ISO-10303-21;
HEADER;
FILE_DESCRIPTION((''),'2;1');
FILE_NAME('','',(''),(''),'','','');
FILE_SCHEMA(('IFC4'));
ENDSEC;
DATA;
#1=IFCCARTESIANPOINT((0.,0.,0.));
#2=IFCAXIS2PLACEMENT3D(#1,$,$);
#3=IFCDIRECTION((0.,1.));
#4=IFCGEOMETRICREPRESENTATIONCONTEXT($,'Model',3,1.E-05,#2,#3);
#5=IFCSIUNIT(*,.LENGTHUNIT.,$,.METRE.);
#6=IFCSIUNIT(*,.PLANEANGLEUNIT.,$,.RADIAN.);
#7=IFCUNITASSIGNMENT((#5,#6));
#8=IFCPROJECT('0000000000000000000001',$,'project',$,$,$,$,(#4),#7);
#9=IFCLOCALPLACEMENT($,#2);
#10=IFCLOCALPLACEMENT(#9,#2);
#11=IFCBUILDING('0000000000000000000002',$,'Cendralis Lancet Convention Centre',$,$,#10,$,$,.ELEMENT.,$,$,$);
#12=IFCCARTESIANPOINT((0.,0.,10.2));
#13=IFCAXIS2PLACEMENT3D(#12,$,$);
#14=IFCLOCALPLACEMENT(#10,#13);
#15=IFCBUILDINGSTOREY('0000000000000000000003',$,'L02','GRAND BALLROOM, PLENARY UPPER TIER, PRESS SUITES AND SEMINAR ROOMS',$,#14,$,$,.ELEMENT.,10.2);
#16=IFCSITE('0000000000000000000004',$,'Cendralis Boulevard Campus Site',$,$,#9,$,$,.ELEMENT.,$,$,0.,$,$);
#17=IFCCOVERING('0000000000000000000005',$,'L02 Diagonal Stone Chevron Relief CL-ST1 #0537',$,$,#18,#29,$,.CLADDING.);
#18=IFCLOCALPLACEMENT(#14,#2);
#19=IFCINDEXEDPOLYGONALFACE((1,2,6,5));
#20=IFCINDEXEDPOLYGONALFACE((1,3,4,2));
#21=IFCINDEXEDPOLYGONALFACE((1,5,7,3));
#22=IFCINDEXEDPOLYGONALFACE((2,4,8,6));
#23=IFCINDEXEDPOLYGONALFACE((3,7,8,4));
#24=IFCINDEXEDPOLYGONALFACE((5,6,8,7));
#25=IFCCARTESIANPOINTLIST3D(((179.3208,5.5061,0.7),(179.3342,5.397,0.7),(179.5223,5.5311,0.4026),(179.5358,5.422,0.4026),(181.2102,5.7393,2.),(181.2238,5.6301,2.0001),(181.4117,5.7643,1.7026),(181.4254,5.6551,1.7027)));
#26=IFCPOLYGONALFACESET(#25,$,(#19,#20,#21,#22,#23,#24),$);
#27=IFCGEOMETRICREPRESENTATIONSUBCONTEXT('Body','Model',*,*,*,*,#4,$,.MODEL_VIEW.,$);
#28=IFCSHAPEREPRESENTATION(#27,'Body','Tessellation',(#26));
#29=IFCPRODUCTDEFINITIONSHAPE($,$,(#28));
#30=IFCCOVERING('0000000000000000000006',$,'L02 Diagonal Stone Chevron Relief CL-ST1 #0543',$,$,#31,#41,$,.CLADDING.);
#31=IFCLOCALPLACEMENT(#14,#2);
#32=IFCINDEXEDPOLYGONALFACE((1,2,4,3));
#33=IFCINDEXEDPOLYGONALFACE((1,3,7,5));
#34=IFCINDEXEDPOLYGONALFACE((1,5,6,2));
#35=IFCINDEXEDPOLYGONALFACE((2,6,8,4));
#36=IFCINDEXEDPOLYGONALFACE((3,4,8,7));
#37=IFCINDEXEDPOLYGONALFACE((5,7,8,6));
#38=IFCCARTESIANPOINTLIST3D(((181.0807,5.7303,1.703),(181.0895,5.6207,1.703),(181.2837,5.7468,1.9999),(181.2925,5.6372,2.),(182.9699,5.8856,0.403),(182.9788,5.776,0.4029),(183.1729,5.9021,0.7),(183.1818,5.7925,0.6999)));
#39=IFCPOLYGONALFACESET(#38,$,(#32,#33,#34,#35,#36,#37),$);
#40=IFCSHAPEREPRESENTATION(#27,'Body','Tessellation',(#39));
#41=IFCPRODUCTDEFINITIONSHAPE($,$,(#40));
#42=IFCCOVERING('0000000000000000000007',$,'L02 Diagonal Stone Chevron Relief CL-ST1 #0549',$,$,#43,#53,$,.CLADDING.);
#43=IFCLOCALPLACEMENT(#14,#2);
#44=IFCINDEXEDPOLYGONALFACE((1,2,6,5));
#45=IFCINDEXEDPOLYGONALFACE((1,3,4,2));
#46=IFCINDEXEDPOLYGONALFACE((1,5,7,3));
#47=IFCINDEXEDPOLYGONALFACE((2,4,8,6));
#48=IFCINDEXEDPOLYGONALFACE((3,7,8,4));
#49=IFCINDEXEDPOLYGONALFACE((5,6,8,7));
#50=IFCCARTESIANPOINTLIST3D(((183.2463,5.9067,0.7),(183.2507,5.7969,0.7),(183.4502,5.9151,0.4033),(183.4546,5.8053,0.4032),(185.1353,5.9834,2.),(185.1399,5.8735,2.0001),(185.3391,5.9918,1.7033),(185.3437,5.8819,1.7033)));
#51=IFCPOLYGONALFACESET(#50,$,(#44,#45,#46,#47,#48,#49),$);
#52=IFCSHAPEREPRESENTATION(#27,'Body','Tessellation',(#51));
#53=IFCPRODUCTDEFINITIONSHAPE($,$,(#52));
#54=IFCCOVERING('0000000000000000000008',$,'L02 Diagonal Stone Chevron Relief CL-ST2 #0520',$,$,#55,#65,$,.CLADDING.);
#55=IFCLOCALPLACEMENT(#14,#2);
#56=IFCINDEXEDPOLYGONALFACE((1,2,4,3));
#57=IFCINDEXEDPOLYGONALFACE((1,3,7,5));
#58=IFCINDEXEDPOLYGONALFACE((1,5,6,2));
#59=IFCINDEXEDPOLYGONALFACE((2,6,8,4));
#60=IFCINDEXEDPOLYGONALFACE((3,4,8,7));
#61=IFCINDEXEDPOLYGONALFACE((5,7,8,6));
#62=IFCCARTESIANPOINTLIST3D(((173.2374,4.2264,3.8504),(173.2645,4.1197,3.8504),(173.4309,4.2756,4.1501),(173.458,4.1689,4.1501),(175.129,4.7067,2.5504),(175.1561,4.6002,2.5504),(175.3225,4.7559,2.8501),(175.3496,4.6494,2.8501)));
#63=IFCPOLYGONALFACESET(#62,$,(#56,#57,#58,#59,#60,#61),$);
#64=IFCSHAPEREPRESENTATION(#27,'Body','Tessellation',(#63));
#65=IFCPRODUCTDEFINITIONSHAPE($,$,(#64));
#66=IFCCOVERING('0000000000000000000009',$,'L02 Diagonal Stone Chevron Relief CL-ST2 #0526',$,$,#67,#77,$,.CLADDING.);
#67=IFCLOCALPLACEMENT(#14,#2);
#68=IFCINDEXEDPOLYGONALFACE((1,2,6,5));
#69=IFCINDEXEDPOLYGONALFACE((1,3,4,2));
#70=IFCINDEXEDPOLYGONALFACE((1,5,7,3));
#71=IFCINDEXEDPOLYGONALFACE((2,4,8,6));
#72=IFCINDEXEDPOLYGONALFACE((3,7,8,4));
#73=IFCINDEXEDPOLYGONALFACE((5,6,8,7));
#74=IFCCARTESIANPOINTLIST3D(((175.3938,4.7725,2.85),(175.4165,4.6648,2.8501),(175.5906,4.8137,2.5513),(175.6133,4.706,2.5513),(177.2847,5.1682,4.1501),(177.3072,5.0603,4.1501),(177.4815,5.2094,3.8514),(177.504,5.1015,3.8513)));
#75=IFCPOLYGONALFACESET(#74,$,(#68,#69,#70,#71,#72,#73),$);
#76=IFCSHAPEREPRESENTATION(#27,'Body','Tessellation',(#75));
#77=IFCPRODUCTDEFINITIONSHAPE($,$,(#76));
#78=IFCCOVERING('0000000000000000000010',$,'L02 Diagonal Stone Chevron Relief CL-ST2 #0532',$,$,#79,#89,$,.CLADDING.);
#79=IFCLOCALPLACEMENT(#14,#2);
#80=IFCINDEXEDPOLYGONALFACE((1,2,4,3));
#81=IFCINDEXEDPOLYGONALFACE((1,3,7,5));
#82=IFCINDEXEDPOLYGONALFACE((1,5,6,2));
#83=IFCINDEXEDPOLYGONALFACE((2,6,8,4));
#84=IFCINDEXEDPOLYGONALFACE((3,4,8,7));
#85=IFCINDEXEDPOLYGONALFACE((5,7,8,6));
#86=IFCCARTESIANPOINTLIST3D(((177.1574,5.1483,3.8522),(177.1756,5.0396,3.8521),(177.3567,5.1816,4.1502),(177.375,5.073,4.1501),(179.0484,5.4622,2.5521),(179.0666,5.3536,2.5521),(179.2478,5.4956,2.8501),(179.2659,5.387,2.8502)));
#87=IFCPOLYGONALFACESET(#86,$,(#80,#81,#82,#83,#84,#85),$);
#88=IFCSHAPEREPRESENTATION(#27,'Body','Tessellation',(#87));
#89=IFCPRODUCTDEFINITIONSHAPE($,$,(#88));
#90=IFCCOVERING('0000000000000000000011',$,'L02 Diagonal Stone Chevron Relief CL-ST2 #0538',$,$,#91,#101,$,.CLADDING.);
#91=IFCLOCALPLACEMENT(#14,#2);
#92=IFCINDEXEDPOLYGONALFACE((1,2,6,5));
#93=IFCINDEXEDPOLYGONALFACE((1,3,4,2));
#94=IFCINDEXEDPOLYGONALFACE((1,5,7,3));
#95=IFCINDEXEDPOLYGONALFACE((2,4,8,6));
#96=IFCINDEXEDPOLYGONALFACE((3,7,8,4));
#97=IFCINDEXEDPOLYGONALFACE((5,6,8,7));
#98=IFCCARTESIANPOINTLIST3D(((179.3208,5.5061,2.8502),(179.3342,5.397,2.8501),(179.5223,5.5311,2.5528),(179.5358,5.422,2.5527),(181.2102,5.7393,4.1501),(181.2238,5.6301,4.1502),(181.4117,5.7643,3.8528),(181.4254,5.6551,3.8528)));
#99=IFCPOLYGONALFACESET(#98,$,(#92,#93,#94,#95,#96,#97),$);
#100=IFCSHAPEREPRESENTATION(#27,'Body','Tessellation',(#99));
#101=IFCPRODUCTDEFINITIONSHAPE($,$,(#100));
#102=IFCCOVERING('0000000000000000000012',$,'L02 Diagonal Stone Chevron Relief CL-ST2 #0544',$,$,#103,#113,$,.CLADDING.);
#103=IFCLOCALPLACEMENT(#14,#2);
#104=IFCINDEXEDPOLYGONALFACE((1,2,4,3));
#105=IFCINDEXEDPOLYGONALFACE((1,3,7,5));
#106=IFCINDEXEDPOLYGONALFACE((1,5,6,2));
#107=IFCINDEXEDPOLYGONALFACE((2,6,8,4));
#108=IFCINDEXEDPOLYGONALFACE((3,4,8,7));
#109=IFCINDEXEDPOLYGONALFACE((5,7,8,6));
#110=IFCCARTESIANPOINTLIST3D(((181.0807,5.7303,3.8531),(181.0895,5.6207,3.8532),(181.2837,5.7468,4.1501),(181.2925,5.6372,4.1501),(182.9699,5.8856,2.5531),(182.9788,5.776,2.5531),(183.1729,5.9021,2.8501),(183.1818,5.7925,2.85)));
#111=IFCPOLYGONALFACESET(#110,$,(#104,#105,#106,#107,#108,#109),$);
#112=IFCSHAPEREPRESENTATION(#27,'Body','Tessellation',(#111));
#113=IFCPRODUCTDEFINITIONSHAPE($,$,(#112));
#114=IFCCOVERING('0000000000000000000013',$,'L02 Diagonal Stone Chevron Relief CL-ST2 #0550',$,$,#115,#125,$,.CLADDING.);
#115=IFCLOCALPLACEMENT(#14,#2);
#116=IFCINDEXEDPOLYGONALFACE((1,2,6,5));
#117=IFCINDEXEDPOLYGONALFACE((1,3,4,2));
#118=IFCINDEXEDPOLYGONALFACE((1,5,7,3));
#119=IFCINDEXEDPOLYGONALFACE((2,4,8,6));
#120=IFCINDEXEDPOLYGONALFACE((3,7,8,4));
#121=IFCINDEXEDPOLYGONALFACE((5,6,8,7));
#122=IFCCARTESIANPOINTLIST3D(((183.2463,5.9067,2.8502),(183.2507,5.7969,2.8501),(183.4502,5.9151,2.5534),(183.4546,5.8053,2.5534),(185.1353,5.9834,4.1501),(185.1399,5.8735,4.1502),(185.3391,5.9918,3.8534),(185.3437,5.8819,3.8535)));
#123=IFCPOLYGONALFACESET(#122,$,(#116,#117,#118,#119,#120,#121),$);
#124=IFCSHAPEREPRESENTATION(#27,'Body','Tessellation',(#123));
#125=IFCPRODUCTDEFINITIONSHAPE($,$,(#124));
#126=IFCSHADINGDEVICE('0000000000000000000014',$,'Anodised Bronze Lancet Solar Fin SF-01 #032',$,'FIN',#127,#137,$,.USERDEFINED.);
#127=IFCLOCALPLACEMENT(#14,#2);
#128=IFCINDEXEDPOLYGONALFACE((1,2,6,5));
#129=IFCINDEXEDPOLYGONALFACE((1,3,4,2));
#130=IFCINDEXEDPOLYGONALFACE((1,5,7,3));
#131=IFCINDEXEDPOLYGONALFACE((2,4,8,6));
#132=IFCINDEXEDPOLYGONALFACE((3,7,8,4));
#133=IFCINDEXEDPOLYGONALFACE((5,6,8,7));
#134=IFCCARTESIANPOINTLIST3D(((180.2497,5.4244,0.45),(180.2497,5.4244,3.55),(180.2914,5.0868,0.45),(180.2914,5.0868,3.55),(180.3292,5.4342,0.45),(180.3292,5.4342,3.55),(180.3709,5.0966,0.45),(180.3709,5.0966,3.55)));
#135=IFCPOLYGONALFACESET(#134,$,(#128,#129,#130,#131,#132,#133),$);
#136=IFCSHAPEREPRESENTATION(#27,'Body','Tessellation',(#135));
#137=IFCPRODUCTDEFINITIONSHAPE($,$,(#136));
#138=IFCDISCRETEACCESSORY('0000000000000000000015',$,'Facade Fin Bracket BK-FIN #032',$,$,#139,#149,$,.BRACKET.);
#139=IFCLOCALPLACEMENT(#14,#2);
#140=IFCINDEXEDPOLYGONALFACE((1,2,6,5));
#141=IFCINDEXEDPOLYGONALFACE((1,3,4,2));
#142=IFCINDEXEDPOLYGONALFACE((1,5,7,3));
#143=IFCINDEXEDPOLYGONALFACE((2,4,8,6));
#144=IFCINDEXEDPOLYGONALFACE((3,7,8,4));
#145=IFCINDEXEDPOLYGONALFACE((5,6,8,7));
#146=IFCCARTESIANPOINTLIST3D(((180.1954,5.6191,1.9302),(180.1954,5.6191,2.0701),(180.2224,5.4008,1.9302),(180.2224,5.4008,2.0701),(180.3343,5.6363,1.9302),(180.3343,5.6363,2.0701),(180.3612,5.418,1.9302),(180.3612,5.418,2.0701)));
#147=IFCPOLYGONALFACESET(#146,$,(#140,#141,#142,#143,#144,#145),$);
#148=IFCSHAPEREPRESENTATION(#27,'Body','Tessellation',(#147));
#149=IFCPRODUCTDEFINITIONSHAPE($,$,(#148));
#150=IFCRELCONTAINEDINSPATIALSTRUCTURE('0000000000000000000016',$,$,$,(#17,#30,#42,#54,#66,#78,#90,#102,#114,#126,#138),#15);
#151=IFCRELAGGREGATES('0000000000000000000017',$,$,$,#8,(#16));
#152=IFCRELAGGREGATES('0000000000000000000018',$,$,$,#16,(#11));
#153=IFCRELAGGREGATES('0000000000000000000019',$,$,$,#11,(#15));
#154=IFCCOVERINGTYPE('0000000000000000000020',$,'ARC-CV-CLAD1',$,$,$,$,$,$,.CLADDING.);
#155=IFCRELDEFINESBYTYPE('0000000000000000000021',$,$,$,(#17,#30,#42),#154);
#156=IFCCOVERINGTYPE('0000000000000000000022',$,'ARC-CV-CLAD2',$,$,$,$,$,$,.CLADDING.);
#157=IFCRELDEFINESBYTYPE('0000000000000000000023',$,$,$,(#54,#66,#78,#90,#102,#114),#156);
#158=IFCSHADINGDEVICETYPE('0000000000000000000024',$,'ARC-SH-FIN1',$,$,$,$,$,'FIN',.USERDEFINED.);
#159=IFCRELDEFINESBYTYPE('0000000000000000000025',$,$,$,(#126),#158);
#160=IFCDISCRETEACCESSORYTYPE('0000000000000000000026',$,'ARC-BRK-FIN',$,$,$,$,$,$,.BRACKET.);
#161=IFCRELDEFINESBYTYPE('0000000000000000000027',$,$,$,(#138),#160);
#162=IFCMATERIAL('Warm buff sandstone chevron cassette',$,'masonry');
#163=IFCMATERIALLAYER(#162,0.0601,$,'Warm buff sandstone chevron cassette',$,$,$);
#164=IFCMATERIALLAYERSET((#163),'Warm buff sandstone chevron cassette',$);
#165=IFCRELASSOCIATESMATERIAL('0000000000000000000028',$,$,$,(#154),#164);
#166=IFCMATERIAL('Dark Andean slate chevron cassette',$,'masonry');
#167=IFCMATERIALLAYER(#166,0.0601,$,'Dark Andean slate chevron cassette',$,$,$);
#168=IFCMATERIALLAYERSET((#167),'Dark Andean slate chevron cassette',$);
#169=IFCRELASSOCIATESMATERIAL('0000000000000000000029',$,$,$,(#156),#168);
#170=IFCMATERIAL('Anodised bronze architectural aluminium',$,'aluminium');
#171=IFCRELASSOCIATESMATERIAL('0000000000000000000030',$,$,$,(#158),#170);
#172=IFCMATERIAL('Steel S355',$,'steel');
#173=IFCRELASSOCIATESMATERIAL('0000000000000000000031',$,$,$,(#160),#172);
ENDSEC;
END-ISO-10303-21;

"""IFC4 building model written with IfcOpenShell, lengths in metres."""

from ifc_helpers import new_model, si_unit, direction, frame, origin, origin_2d, place, context, subcontext, project, spatial, polyline, rectangle, outline, extrude, material, layer, layer_set, type_object, element, save


model = new_model("IFC4")

# Units and contexts
model_context = context("Model", 3, precision=1e-05, world=origin(), true_north=direction((0.0, 1.0)))
body_context = subcontext(model_context, "Body", "Model", "MODEL_VIEW")
ifc_project = project(units=[si_unit("LENGTHUNIT", "METRE"), si_unit("PLANEANGLEUNIT", "RADIAN")], contexts=[model_context])

# Site, building, storey
site_placement = place(None, origin())
site = spatial("IfcSite", under=ifc_project, at=site_placement, Name="Cendralis Boulevard Campus Site", CompositionType="ELEMENT", RefElevation=0.0)
building_placement = place(site_placement, origin())
building = spatial("IfcBuilding", under=site, at=building_placement, Name="Cendralis Lancet Convention Centre", CompositionType="ELEMENT")
storey_placement = place(building_placement, frame((0.0, 0.0, 10.2)))
storey = spatial("IfcBuildingStorey", under=building, at=storey_placement, Name="L02", Description="GRAND BALLROOM, PLENARY UPPER TIER, PRESS SUITES AND SEMINAR ROOMS", CompositionType="ELEMENT", Elevation=10.2)

# Shared definitions
ifc_material_1 = material(Name="Warm buff sandstone chevron cassette", Category="masonry")
ifc_material_2 = material(Name="Dark Andean slate chevron cassette", Category="masonry")

# Coverings
ifc_layer_1 = layer(ifc_material_1, 0.0601, Name="Warm buff sandstone chevron cassette")
ifc_layer_set_1 = layer_set([ifc_layer_1], Name="Warm buff sandstone chevron cassette")
covering_type_1 = type_object("IfcCoveringType", Name="ARC-CV-CLAD1", PredefinedType="CLADDING", material=ifc_layer_set_1)
covering_1_placement = place(storey_placement, frame((179.3342, 5.397, 0.7), z_axis=(-0.559621, -0.069483, 0.82583), x_axis=(0.819615, 0.101128, 0.563918)))
element("IfcCovering", 1, at=covering_1_placement, inside=storey, type_object=covering_type_1, Name="L02 Diagonal Stone Chevron Relief CL-ST1 #0537", PredefinedType="CLADDING", context=body_context, shape_type="SweptSolid", body=[
    extrude(outline(polyline([(0.0, 0.0), (2.3055, 0.0), (2.3053, 0.11), (0.0, 0.11), (0.0, 0.0)])), origin(), (0.0, 0.0, -1.0), 0.3601),
])
covering_2_placement = place(storey_placement, frame((181.2925, 5.6372, 2.0), z_axis=(0.56372, 0.045826, 0.824694), x_axis=(0.821923, 0.067547, -0.56558)))
element("IfcCovering", 2, at=covering_2_placement, inside=storey, type_object=covering_type_1, Name="L02 Diagonal Stone Chevron Relief CL-ST1 #0543", PredefinedType="CLADDING", context=body_context, shape_type="SweptSolid", body=[
    extrude(outline(polyline([(0.0, 0.0), (2.2987, 0.0), (2.2987, 0.11), (0.0002, 0.11), (0.0, 0.0)])), origin(), (0.0, 0.0, -1.0), 0.3601),
])
covering_3_placement = place(storey_placement, frame((183.2507, 5.7969, 0.7), z_axis=(-0.566129, -0.023274, 0.823988), x_axis=(0.82331, 0.033409, 0.566608)))
element("IfcCovering", 3, at=covering_3_placement, inside=storey, type_object=covering_type_1, Name="L02 Diagonal Stone Chevron Relief CL-ST1 #0549", PredefinedType="CLADDING", context=body_context, shape_type="SweptSolid", body=[
    extrude(outline(polyline([(0.0, 0.0), (2.2945, 0.0), (2.2944, 0.11), (0.0001, 0.11), (0.0, 0.0)])), origin(), (0.0, 0.0, -1.0), 0.3601),
])
ifc_layer_2 = layer(ifc_material_2, 0.0601, Name="Dark Andean slate chevron cassette")
ifc_layer_set_2 = layer_set([ifc_layer_2], Name="Dark Andean slate chevron cassette")
covering_type_2 = type_object("IfcCoveringType", Name="ARC-CV-CLAD2", PredefinedType="CLADDING", material=ifc_layer_set_2)
covering_4_placement = place(storey_placement, frame((173.458, 4.1689, 4.1501), z_axis=(0.537292, 0.136631, 0.832255), x_axis=(0.806641, 0.204888, -0.554392)))
element("IfcCovering", 4, at=covering_4_placement, inside=storey, type_object=covering_type_2, Name="L02 Diagonal Stone Chevron Relief CL-ST2 #0520", PredefinedType="CLADDING", context=body_context, shape_type="SweptSolid", body=[
    extrude(outline(polyline([(0.0, 0.0), (2.345, 0.0), (2.345, 0.1098), (0.0, 0.1101), (0.0, 0.0)])), origin(), (0.0, 0.0, -1.0), 0.3601),
])
covering_5_placement = place(storey_placement, frame((175.4165, 4.6648, 2.8501), z_axis=(-0.546473, -0.114493, 0.829614), x_axis=(0.812036, 0.169873, 0.558338)))
element("IfcCovering", 5, at=covering_5_placement, inside=storey, type_object=covering_type_2, Name="L02 Diagonal Stone Chevron Relief CL-ST2 #0526", PredefinedType="CLADDING", context=body_context, shape_type="SweptSolid", body=[
    extrude(outline(polyline([(0.0, 0.0), (2.3283, 0.0), (2.3284, 0.1102), (-0.0001, 0.11), (0.0, 0.0)])), origin(), (0.0, 0.0, -1.0), 0.3601),
])
covering_6_placement = place(storey_placement, frame((177.375, 5.073, 4.1501), z_axis=(0.553593, 0.09268, 0.827614), x_axis=(0.816436, 0.135563, -0.561297)))
element("IfcCovering", 6, at=covering_6_placement, inside=storey, type_object=covering_type_2, Name="L02 Diagonal Stone Chevron Relief CL-ST2 #0532", PredefinedType="CLADDING", context=body_context, shape_type="SweptSolid", body=[
    extrude(outline(polyline([(0.0, 0.0), (2.316, 0.0), (2.316, 0.1101), (-0.0002, 0.1102), (0.0, 0.0)])), origin(), (0.0, 0.0, -1.0), 0.3601),
])
covering_7_placement = place(storey_placement, frame((179.3342, 5.397, 2.8501), z_axis=(-0.559621, -0.069483, 0.82583), x_axis=(0.819615, 0.101128, 0.563918)))
element("IfcCovering", 7, at=covering_7_placement, inside=storey, type_object=covering_type_2, Name="L02 Diagonal Stone Chevron Relief CL-ST2 #0538", PredefinedType="CLADDING", context=body_context, shape_type="SweptSolid", body=[
    extrude(outline(polyline([(0.0, 0.0), (2.3055, 0.0), (2.3053, 0.11), (0.0, 0.11), (0.0, 0.0)])), origin(), (0.0, 0.0, -1.0), 0.3601),
])
covering_8_placement = place(storey_placement, frame((181.2925, 5.6372, 4.1501), z_axis=(0.56372, 0.045826, 0.824694), x_axis=(0.821923, 0.067547, -0.56558)))
element("IfcCovering", 8, at=covering_8_placement, inside=storey, type_object=covering_type_2, Name="L02 Diagonal Stone Chevron Relief CL-ST2 #0544", PredefinedType="CLADDING", context=body_context, shape_type="SweptSolid", body=[
    extrude(outline(polyline([(0.0, 0.0), (2.2987, 0.0), (2.2987, 0.11), (0.0002, 0.11), (0.0, 0.0)])), origin(), (0.0, 0.0, -1.0), 0.3601),
])
covering_9_placement = place(storey_placement, frame((183.2507, 5.7969, 2.8501), z_axis=(-0.566129, -0.023274, 0.823988), x_axis=(0.82331, 0.033409, 0.566608)))
element("IfcCovering", 9, at=covering_9_placement, inside=storey, type_object=covering_type_2, Name="L02 Diagonal Stone Chevron Relief CL-ST2 #0550", PredefinedType="CLADDING", context=body_context, shape_type="SweptSolid", body=[
    extrude(outline(polyline([(0.0, 0.0), (2.2945, 0.0), (2.2944, 0.11), (0.0001, 0.11), (0.0, 0.0)])), origin(), (0.0, 0.0, -1.0), 0.3601),
])

# Shading device
ifc_material_3 = material(Name="Anodised bronze architectural aluminium", Category="aluminium")
shading_device_type = type_object("IfcShadingDeviceType", Name="ARC-SH-FIN1", ElementType="FIN", PredefinedType="USERDEFINED", material=ifc_material_3)
shading_device_placement = place(storey_placement, frame((180.3103, 5.2605, 0.45), z_axis=(0.0, 0.0, 1.0), x_axis=(0.992472, 0.122476, 0.0)))
element("IfcShadingDevice", 10, at=shading_device_placement, inside=storey, type_object=shading_device_type, Name="Anodised Bronze Lancet Solar Fin SF-01 #032", ObjectType="FIN", PredefinedType="USERDEFINED", context=body_context, shape_type="SweptSolid", body=[
    extrude(rectangle(XDim=0.0801, YDim=0.3401, at=origin_2d()), origin(), (0.0, 0.0, 1.0), 3.1001),
])

# Discrete accessory
ifc_material_4 = material(Name="Steel S355", Category="steel")
discrete_accessory_type = type_object("IfcDiscreteAccessoryType", Name="ARC-BRK-FIN", PredefinedType="BRACKET", material=ifc_material_4)
discrete_accessory_placement = place(storey_placement, frame((180.2783, 5.5186, 1.9302), z_axis=(0.0, 0.0, 1.0), x_axis=(0.992472, 0.122476, 0.0)))
element("IfcDiscreteAccessory", 11, at=discrete_accessory_placement, inside=storey, type_object=discrete_accessory_type, Name="Facade Fin Bracket BK-FIN #032", PredefinedType="BRACKET", context=body_context, shape_type="SweptSolid", body=[
    extrude(rectangle(XDim=0.1399, YDim=0.22, at=origin_2d()), origin(), (0.0, 0.0, 1.0), 0.1399),
])

save(model, "model.ifc")
